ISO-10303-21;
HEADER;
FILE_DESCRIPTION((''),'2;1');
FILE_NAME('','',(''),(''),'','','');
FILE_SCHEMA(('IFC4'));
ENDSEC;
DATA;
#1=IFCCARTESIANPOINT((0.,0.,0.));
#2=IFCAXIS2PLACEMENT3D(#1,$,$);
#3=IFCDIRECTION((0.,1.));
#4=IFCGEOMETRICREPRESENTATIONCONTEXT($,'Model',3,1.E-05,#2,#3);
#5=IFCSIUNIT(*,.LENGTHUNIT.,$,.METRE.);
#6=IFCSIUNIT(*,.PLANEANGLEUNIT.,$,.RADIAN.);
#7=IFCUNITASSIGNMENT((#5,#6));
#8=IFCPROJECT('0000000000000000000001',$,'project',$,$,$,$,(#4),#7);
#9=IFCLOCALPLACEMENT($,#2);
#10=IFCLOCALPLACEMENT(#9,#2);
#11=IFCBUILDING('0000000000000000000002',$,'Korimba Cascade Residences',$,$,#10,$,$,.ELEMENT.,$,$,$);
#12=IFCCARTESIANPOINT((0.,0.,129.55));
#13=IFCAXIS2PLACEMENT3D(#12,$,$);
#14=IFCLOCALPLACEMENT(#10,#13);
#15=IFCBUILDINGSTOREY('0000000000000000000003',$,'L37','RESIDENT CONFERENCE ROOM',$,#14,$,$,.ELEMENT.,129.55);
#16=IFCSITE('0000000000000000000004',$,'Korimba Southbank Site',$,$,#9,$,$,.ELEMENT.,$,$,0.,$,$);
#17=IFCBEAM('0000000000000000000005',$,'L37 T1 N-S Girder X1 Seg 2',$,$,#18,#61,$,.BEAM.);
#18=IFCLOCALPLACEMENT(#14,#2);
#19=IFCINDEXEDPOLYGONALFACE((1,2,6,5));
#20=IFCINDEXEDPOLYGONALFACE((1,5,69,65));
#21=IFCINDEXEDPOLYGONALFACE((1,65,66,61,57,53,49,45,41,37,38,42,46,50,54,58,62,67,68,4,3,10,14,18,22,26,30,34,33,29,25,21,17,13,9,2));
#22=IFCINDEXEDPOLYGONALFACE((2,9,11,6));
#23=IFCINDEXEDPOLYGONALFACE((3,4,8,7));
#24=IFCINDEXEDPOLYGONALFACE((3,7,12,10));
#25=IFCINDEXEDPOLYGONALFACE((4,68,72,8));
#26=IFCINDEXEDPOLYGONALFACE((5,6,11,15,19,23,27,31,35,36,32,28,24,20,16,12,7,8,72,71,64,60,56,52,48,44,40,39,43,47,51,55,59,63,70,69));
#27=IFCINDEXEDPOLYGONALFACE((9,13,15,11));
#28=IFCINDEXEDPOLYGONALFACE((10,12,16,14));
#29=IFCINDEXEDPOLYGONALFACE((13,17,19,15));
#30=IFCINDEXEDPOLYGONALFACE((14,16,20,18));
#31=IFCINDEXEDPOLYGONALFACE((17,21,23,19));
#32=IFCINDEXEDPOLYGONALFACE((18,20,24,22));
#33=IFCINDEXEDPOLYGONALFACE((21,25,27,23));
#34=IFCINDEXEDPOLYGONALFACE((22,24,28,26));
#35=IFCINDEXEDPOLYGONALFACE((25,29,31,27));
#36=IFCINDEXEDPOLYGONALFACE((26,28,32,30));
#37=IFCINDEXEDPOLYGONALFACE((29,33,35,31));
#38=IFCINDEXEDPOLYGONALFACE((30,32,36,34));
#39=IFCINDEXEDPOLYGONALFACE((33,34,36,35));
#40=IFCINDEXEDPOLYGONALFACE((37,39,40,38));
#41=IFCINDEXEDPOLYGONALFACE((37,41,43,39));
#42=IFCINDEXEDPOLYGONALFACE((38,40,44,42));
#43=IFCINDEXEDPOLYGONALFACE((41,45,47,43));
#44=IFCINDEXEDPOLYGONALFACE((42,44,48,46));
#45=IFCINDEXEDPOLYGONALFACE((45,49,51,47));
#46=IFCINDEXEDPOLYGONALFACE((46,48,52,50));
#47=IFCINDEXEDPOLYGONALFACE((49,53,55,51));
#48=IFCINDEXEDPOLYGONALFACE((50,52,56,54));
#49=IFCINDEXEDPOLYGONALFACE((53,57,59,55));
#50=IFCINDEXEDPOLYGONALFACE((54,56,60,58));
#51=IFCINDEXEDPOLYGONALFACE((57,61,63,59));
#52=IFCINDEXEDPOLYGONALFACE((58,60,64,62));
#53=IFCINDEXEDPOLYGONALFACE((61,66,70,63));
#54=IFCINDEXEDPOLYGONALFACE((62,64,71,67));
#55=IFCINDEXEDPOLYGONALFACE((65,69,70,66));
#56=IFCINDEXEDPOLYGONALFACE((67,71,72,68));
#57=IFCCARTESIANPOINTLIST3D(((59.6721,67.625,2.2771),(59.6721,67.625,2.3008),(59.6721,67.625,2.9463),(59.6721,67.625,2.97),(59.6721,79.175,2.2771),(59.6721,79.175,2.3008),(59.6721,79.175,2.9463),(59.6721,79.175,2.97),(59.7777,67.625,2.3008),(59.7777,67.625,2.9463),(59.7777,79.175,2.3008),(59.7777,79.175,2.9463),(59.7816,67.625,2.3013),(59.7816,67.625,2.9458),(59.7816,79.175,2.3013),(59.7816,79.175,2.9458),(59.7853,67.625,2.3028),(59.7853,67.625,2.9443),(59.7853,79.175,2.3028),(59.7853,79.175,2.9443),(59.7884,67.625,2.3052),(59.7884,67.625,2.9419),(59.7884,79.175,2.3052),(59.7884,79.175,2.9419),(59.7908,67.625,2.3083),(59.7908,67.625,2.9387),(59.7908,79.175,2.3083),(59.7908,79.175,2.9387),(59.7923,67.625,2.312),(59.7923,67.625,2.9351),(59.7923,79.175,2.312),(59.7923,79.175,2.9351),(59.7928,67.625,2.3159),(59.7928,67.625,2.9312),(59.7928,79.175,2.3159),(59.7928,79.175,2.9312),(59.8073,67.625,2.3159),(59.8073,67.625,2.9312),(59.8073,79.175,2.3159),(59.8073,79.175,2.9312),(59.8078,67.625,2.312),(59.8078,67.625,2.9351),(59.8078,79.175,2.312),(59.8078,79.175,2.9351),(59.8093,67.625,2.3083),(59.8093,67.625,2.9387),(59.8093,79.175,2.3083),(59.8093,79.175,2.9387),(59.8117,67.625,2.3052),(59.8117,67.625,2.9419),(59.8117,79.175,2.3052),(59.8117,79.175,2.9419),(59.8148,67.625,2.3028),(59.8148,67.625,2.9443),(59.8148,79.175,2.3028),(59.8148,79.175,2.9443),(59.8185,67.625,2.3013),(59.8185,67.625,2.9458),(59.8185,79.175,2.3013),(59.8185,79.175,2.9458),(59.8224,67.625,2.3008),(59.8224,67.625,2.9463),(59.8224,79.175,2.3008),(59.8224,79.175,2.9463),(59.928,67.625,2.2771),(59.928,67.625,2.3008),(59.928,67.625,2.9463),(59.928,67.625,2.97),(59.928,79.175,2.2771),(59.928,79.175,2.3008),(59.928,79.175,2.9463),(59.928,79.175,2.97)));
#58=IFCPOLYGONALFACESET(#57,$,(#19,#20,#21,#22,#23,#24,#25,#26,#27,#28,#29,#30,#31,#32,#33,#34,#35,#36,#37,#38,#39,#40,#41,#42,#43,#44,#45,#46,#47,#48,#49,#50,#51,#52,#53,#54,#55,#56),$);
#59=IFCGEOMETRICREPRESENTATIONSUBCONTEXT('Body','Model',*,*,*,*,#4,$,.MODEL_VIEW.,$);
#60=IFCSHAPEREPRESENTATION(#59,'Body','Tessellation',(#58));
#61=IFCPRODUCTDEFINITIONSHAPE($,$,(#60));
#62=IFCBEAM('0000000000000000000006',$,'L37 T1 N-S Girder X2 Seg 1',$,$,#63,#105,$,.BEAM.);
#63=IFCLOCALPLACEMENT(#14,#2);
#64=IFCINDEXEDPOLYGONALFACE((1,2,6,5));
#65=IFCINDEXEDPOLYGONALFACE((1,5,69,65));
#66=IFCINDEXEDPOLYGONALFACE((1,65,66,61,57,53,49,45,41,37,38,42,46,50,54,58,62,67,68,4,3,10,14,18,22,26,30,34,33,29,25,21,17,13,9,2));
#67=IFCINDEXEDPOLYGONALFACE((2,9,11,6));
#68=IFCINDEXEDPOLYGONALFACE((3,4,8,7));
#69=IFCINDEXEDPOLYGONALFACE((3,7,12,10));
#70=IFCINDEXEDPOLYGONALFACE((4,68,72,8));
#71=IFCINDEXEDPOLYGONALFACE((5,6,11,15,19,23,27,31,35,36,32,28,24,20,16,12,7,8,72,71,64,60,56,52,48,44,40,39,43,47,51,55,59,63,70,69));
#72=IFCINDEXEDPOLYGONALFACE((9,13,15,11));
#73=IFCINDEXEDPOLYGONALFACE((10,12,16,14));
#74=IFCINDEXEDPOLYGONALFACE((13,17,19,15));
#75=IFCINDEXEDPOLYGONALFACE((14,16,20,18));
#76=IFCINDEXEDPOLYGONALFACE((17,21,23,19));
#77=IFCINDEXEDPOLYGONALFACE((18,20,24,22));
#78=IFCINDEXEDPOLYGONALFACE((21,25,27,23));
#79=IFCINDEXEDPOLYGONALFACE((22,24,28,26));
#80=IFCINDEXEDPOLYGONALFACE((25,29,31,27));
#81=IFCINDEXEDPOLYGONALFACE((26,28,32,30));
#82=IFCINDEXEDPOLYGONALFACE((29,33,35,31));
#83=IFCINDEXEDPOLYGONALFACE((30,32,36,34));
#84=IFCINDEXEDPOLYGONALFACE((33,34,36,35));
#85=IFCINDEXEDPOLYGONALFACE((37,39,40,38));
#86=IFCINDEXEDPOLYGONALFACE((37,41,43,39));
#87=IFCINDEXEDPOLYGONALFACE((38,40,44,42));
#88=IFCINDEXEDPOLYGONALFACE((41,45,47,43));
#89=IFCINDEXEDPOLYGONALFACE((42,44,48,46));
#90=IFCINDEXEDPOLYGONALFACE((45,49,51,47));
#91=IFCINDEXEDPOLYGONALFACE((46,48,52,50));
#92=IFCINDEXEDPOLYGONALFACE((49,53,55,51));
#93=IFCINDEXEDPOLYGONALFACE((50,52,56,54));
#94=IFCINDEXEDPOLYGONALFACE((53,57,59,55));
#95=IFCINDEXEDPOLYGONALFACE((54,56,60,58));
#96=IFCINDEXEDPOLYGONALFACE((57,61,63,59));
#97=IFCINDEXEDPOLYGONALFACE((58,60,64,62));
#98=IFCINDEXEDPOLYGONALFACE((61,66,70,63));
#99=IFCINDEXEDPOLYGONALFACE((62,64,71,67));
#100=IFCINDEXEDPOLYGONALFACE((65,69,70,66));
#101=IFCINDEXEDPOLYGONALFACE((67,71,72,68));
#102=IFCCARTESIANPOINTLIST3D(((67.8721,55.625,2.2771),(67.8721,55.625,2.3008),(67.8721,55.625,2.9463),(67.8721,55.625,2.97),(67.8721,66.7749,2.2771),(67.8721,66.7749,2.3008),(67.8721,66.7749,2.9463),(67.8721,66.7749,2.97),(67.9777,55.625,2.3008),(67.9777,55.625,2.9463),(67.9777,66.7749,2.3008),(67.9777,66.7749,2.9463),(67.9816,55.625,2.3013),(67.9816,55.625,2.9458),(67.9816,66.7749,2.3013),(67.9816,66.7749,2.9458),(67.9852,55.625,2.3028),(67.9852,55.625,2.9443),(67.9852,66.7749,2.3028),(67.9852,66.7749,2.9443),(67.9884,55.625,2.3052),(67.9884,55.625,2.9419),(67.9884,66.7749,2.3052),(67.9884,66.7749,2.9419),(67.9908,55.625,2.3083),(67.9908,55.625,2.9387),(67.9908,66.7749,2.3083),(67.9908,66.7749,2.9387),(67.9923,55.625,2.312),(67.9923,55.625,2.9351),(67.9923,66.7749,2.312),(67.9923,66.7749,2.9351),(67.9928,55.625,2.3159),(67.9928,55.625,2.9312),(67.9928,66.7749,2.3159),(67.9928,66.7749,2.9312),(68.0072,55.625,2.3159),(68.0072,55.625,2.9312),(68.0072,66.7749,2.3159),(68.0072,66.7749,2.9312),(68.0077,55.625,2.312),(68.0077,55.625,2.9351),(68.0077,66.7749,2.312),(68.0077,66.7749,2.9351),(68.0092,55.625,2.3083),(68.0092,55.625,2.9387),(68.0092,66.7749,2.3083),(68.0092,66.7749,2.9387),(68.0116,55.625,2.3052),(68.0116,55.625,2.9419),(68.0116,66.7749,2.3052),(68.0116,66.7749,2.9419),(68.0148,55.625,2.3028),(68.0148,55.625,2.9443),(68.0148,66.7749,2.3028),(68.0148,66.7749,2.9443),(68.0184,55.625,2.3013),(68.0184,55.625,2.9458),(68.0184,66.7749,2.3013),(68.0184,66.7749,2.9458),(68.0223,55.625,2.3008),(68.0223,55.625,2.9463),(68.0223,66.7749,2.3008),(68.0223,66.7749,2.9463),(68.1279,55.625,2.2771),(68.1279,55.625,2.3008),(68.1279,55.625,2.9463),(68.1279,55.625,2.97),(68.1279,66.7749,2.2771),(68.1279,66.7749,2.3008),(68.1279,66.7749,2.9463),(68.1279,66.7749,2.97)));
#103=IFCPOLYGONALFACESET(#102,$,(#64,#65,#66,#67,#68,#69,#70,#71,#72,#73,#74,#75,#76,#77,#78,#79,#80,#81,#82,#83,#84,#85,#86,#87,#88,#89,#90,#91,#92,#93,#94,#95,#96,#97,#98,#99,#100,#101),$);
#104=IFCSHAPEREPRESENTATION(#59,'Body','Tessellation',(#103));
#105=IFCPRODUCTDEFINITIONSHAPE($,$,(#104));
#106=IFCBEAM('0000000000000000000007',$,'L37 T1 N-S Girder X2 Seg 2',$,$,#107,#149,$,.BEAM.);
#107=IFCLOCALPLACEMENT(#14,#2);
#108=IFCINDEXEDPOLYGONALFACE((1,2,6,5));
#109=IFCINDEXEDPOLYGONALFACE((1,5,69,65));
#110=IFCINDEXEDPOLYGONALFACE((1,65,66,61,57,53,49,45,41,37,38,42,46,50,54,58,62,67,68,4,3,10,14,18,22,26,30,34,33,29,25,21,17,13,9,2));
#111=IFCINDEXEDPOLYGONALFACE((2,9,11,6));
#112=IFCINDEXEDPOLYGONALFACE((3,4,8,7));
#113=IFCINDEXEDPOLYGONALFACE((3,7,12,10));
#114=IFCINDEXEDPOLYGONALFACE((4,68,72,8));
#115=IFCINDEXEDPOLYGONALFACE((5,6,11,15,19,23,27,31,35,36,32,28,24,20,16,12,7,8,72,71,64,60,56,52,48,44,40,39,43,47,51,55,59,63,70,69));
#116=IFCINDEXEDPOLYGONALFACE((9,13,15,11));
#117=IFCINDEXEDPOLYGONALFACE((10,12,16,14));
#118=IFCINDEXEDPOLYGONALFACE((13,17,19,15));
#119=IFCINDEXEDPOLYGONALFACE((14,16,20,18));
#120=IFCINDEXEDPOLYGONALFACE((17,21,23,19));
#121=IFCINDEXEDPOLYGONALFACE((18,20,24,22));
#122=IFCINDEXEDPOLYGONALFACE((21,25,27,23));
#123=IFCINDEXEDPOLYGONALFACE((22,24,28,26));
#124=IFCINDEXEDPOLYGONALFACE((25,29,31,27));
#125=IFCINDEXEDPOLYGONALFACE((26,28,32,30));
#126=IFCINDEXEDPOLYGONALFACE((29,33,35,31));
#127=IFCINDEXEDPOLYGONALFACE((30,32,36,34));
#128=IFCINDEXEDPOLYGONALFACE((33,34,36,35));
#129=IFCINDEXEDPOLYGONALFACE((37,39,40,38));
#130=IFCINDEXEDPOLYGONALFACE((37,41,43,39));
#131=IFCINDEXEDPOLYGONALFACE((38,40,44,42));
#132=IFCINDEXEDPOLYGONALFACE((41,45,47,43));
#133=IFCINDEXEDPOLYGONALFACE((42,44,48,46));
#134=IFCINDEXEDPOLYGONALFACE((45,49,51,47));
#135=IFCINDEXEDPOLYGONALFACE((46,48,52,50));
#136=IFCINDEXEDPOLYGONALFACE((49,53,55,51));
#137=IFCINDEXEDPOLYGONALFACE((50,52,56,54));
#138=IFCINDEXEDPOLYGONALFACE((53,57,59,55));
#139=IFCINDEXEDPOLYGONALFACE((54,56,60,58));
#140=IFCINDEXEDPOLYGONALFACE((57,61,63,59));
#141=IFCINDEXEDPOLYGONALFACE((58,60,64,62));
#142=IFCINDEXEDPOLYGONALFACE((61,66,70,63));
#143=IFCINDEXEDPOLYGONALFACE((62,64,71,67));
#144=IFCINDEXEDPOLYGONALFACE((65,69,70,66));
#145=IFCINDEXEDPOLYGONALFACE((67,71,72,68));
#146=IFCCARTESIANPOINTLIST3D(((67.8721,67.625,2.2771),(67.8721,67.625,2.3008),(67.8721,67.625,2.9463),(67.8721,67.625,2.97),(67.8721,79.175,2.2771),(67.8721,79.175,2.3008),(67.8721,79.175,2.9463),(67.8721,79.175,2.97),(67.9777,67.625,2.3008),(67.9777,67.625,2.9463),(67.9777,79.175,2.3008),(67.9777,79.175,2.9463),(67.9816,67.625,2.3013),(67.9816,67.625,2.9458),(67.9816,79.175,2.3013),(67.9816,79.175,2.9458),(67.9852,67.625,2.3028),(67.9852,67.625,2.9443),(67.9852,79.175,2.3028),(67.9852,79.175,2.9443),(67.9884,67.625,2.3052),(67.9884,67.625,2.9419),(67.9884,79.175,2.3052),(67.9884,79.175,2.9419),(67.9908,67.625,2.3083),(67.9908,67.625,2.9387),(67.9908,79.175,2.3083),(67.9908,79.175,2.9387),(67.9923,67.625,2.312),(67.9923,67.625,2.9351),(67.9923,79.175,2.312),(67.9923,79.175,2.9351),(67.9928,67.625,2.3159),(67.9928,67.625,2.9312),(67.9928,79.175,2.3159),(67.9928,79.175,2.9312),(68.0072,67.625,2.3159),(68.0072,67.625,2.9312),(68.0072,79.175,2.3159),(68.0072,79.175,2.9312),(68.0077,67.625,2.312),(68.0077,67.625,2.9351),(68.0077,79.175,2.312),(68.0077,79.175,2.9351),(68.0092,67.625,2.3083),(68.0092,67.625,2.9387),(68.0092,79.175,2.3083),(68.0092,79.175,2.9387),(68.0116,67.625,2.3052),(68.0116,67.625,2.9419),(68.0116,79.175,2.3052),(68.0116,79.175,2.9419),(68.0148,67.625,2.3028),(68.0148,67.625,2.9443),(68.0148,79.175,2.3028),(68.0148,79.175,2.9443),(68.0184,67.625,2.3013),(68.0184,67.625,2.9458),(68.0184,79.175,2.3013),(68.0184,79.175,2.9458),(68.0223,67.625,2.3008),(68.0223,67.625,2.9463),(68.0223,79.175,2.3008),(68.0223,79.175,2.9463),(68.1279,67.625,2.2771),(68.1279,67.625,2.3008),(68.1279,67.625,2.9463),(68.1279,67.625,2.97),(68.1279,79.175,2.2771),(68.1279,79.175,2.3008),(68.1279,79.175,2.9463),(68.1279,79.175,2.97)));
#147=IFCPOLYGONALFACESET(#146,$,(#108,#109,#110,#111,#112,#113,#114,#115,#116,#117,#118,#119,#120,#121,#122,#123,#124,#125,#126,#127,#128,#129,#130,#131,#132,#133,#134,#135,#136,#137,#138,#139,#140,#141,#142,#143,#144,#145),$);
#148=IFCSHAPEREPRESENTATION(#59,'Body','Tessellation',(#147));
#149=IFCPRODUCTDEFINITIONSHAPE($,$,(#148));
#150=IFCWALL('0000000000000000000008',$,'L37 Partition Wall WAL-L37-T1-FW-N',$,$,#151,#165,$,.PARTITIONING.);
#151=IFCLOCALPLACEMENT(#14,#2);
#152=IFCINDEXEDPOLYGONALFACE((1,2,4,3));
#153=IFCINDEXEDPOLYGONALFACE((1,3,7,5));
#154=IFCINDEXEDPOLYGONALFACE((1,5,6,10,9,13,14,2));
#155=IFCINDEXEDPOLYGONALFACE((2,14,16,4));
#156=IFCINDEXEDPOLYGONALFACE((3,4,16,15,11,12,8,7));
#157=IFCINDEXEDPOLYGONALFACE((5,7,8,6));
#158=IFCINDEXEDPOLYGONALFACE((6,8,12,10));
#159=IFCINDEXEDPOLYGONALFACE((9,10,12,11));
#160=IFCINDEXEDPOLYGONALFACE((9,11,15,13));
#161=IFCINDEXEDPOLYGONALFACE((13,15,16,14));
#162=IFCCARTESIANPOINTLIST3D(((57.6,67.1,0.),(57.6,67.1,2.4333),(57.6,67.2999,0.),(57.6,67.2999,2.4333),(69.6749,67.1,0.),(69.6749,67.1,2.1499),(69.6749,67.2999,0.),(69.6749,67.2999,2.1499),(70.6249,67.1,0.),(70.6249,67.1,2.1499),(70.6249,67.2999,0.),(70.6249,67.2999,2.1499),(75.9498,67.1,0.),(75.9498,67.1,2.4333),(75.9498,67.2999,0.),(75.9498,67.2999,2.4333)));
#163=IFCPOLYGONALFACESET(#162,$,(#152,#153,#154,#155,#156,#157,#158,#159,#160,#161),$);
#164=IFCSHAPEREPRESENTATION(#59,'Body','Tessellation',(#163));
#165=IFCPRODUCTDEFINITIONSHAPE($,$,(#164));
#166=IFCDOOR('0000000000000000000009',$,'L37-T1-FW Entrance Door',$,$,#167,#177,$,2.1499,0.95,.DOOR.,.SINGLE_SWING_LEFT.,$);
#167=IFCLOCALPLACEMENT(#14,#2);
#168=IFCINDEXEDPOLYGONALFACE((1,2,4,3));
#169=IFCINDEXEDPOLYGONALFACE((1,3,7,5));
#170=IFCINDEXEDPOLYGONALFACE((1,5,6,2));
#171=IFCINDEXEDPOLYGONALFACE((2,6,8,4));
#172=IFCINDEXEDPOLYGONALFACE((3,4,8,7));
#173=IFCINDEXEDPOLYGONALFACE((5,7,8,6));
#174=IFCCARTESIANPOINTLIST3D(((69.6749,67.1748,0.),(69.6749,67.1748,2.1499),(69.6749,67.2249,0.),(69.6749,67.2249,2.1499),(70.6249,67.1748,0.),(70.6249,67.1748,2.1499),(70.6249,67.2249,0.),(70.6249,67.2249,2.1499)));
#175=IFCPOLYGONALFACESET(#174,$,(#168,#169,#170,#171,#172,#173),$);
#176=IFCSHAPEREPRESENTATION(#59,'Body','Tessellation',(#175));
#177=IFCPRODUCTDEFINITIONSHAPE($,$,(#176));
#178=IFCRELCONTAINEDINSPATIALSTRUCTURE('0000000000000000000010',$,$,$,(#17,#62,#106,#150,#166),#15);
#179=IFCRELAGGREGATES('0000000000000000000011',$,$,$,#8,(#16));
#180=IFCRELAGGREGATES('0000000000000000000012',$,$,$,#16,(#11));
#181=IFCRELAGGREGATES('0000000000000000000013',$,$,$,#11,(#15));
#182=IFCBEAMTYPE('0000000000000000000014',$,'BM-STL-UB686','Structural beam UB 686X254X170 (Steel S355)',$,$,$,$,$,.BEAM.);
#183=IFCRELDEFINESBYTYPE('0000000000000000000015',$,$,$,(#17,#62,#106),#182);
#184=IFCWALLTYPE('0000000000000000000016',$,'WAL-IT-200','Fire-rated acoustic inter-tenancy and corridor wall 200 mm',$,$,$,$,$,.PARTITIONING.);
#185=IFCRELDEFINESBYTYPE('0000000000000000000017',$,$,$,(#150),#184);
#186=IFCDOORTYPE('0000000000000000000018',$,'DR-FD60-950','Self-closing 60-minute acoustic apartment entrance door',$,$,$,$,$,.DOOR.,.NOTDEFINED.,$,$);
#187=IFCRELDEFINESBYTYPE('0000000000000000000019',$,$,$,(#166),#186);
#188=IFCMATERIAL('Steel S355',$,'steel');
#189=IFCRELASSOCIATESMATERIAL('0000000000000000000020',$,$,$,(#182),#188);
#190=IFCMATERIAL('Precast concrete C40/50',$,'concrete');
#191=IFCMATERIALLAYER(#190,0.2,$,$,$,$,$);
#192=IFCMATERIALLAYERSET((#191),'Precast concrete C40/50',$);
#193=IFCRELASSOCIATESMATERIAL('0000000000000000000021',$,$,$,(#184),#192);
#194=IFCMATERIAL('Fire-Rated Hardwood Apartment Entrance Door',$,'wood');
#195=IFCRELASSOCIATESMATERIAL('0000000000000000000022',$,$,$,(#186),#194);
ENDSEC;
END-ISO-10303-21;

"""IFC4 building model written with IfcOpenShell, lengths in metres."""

from ifc_helpers import new_model, si_unit, direction, frame, frame_2d, origin, origin_2d, place, context, subcontext, project, spatial, rectangle, i_section, extrude, material, layer, layer_set, material_profile, profile_set, type_object, element, fill, save


model = new_model("IFC4")

# Units and contexts
model_context = context("Model", 3, precision=1e-05, world=origin(), true_north=direction((0.0, 1.0)))
body_context = subcontext(model_context, "Body", "Model", "MODEL_VIEW")
ifc_project = project(units=[si_unit("LENGTHUNIT", "METRE"), si_unit("PLANEANGLEUNIT", "RADIAN")], contexts=[model_context])

# Site, building, storey
site_placement = place(None, origin())
site = spatial("IfcSite", under=ifc_project, at=site_placement, Name="Korimba Southbank Site", CompositionType="ELEMENT", RefElevation=0.0)
building_placement = place(site_placement, origin())
building = spatial("IfcBuilding", under=site, at=building_placement, Name="Korimba Cascade Residences", CompositionType="ELEMENT")
storey_placement = place(building_placement, frame((0.0, 0.0, 129.55)))
storey = spatial("IfcBuildingStorey", under=building, at=storey_placement, Name="L37", Description="RESIDENT CONFERENCE ROOM", CompositionType="ELEMENT", Elevation=129.55)

# Beams
ifc_material_1 = material(Name="Steel S355", Category="steel")
ifc_material_profile_1 = material_profile(ifc_material_1, i_section(OverallWidth=0.2559, OverallDepth=0.6929, WebThickness=0.0144, FlangeThickness=0.0237, FilletRadius=0.0151, at=origin_2d()), Name="Steel S355")
ifc_profile_set_1 = profile_set([ifc_material_profile_1], Name="Steel S355")
beam_type_1 = type_object("IfcBeamType", Name="BM-STL-UB686", Description="Structural beam UB 686X254X170 (Steel S355)", PredefinedType="BEAM", material=ifc_profile_set_1)
beam_1_placement = place(storey_placement, frame((59.8, 67.625, 2.6235), z_axis=(0.0, 1.0, 0.0), x_axis=(-1.0, 0.0, 0.0)))
element("IfcBeam", 1, at=beam_1_placement, inside=storey, type_object=beam_type_1, Name="L37 T1 N-S Girder X1 Seg 2", PredefinedType="BEAM", context=body_context, shape_type="SweptSolid", body=[
    extrude(i_section(OverallWidth=0.2559, OverallDepth=0.6929, WebThickness=0.0144, FlangeThickness=0.0237, FilletRadius=0.0151, at=origin_2d()), origin(), (0.0, 0.0, 1.0), 11.55),
])
beam_2_placement = place(storey_placement, frame((68.0, 55.625, 2.6235), z_axis=(0.0, 1.0, 0.0), x_axis=(-1.0, 0.0, 0.0)))
element("IfcBeam", 2, at=beam_2_placement, inside=storey, type_object=beam_type_1, Name="L37 T1 N-S Girder X2 Seg 1", PredefinedType="BEAM", context=body_context, shape_type="SweptSolid", body=[
    extrude(i_section(OverallWidth=0.2559, OverallDepth=0.6929, WebThickness=0.0144, FlangeThickness=0.0237, FilletRadius=0.0151, at=origin_2d()), origin(), (0.0, 0.0, 1.0), 11.1499),
])
beam_3_placement = place(storey_placement, frame((68.0, 67.625, 2.6235), z_axis=(0.0, 1.0, 0.0), x_axis=(-1.0, 0.0, 0.0)))
element("IfcBeam", 3, at=beam_3_placement, inside=storey, type_object=beam_type_1, Name="L37 T1 N-S Girder X2 Seg 2", PredefinedType="BEAM", context=body_context, shape_type="SweptSolid", body=[
    extrude(i_section(OverallWidth=0.2559, OverallDepth=0.6929, WebThickness=0.0144, FlangeThickness=0.0237, FilletRadius=0.0151, at=origin_2d()), origin(), (0.0, 0.0, 1.0), 11.55),
])

# Wall, opening, door
ifc_material_2 = material(Name="Precast concrete C40/50", Category="concrete")
ifc_layer_1 = layer(ifc_material_2, 0.2)
ifc_layer_set_1 = layer_set([ifc_layer_1], Name="Precast concrete C40/50")
wall_type_1 = type_object("IfcWallType", Name="WAL-IT-200", Description="Fire-rated acoustic inter-tenancy and corridor wall 200 mm", PredefinedType="PARTITIONING", material=ifc_layer_set_1)
wall_1_placement = place(storey_placement, frame((57.6001, 67.2, 0.0), z_axis=(0.0, 0.0, 1.0), x_axis=(1.0, 0.0, 0.0)))
wall_1 = element("IfcWall", 4, at=wall_1_placement, inside=storey, type_object=wall_type_1, Name="L37 Partition Wall WAL-L37-T1-FW-N", PredefinedType="PARTITIONING", context=body_context, shape_type="SweptSolid", body=[
    extrude(rectangle(XDim=18.3499, YDim=0.2, at=frame_2d((9.1748, 0.0))), origin(), (0.0, 0.0, 1.0), 2.4333),
])
opening_1_placement = place(wall_1_placement, frame((12.0747, 0.0, 0.0)))
opening_1 = element("IfcOpeningElement", 5, at=opening_1_placement, cuts=wall_1, PredefinedType="OPENING", context=body_context, shape_type="SweptSolid", body=[
    extrude(rectangle(XDim=0.95, YDim=2.1499, at=frame_2d((0.4751, 1.075))), frame((0.0, 0.1099, 0.0), z_axis=(0.0, -1.0, 0.0), x_axis=(1.0, 0.0, 0.0)), (0.0, 0.0, 1.0), 0.22),
])
ifc_material_3 = material(Name="Fire-Rated Hardwood Apartment Entrance Door", Category="wood")
door_type_1 = type_object("IfcDoorType", Name="DR-FD60-950", Description="Self-closing 60-minute acoustic apartment entrance door", OperationType="NOTDEFINED", PredefinedType="DOOR", material=ifc_material_3)
door_1_placement = place(opening_1_placement, origin())
door_1 = element("IfcDoor", 6, at=door_1_placement, inside=storey, type_object=door_type_1, Name="L37-T1-FW Entrance Door", OperationType="SINGLE_SWING_LEFT", OverallHeight=2.1499, OverallWidth=0.95, PredefinedType="DOOR", context=body_context, shape_type="SweptSolid", body=[
    extrude(rectangle(XDim=0.95, YDim=2.1499, at=frame_2d((0.4751, 1.075))), frame((0.0, 0.0249, 0.0), z_axis=(0.0, -1.0, 0.0), x_axis=(1.0, 0.0, 0.0)), (0.0, 0.0, 1.0), 0.05),
])
fill(opening_1, door_1)

save(model, "model.ifc")
